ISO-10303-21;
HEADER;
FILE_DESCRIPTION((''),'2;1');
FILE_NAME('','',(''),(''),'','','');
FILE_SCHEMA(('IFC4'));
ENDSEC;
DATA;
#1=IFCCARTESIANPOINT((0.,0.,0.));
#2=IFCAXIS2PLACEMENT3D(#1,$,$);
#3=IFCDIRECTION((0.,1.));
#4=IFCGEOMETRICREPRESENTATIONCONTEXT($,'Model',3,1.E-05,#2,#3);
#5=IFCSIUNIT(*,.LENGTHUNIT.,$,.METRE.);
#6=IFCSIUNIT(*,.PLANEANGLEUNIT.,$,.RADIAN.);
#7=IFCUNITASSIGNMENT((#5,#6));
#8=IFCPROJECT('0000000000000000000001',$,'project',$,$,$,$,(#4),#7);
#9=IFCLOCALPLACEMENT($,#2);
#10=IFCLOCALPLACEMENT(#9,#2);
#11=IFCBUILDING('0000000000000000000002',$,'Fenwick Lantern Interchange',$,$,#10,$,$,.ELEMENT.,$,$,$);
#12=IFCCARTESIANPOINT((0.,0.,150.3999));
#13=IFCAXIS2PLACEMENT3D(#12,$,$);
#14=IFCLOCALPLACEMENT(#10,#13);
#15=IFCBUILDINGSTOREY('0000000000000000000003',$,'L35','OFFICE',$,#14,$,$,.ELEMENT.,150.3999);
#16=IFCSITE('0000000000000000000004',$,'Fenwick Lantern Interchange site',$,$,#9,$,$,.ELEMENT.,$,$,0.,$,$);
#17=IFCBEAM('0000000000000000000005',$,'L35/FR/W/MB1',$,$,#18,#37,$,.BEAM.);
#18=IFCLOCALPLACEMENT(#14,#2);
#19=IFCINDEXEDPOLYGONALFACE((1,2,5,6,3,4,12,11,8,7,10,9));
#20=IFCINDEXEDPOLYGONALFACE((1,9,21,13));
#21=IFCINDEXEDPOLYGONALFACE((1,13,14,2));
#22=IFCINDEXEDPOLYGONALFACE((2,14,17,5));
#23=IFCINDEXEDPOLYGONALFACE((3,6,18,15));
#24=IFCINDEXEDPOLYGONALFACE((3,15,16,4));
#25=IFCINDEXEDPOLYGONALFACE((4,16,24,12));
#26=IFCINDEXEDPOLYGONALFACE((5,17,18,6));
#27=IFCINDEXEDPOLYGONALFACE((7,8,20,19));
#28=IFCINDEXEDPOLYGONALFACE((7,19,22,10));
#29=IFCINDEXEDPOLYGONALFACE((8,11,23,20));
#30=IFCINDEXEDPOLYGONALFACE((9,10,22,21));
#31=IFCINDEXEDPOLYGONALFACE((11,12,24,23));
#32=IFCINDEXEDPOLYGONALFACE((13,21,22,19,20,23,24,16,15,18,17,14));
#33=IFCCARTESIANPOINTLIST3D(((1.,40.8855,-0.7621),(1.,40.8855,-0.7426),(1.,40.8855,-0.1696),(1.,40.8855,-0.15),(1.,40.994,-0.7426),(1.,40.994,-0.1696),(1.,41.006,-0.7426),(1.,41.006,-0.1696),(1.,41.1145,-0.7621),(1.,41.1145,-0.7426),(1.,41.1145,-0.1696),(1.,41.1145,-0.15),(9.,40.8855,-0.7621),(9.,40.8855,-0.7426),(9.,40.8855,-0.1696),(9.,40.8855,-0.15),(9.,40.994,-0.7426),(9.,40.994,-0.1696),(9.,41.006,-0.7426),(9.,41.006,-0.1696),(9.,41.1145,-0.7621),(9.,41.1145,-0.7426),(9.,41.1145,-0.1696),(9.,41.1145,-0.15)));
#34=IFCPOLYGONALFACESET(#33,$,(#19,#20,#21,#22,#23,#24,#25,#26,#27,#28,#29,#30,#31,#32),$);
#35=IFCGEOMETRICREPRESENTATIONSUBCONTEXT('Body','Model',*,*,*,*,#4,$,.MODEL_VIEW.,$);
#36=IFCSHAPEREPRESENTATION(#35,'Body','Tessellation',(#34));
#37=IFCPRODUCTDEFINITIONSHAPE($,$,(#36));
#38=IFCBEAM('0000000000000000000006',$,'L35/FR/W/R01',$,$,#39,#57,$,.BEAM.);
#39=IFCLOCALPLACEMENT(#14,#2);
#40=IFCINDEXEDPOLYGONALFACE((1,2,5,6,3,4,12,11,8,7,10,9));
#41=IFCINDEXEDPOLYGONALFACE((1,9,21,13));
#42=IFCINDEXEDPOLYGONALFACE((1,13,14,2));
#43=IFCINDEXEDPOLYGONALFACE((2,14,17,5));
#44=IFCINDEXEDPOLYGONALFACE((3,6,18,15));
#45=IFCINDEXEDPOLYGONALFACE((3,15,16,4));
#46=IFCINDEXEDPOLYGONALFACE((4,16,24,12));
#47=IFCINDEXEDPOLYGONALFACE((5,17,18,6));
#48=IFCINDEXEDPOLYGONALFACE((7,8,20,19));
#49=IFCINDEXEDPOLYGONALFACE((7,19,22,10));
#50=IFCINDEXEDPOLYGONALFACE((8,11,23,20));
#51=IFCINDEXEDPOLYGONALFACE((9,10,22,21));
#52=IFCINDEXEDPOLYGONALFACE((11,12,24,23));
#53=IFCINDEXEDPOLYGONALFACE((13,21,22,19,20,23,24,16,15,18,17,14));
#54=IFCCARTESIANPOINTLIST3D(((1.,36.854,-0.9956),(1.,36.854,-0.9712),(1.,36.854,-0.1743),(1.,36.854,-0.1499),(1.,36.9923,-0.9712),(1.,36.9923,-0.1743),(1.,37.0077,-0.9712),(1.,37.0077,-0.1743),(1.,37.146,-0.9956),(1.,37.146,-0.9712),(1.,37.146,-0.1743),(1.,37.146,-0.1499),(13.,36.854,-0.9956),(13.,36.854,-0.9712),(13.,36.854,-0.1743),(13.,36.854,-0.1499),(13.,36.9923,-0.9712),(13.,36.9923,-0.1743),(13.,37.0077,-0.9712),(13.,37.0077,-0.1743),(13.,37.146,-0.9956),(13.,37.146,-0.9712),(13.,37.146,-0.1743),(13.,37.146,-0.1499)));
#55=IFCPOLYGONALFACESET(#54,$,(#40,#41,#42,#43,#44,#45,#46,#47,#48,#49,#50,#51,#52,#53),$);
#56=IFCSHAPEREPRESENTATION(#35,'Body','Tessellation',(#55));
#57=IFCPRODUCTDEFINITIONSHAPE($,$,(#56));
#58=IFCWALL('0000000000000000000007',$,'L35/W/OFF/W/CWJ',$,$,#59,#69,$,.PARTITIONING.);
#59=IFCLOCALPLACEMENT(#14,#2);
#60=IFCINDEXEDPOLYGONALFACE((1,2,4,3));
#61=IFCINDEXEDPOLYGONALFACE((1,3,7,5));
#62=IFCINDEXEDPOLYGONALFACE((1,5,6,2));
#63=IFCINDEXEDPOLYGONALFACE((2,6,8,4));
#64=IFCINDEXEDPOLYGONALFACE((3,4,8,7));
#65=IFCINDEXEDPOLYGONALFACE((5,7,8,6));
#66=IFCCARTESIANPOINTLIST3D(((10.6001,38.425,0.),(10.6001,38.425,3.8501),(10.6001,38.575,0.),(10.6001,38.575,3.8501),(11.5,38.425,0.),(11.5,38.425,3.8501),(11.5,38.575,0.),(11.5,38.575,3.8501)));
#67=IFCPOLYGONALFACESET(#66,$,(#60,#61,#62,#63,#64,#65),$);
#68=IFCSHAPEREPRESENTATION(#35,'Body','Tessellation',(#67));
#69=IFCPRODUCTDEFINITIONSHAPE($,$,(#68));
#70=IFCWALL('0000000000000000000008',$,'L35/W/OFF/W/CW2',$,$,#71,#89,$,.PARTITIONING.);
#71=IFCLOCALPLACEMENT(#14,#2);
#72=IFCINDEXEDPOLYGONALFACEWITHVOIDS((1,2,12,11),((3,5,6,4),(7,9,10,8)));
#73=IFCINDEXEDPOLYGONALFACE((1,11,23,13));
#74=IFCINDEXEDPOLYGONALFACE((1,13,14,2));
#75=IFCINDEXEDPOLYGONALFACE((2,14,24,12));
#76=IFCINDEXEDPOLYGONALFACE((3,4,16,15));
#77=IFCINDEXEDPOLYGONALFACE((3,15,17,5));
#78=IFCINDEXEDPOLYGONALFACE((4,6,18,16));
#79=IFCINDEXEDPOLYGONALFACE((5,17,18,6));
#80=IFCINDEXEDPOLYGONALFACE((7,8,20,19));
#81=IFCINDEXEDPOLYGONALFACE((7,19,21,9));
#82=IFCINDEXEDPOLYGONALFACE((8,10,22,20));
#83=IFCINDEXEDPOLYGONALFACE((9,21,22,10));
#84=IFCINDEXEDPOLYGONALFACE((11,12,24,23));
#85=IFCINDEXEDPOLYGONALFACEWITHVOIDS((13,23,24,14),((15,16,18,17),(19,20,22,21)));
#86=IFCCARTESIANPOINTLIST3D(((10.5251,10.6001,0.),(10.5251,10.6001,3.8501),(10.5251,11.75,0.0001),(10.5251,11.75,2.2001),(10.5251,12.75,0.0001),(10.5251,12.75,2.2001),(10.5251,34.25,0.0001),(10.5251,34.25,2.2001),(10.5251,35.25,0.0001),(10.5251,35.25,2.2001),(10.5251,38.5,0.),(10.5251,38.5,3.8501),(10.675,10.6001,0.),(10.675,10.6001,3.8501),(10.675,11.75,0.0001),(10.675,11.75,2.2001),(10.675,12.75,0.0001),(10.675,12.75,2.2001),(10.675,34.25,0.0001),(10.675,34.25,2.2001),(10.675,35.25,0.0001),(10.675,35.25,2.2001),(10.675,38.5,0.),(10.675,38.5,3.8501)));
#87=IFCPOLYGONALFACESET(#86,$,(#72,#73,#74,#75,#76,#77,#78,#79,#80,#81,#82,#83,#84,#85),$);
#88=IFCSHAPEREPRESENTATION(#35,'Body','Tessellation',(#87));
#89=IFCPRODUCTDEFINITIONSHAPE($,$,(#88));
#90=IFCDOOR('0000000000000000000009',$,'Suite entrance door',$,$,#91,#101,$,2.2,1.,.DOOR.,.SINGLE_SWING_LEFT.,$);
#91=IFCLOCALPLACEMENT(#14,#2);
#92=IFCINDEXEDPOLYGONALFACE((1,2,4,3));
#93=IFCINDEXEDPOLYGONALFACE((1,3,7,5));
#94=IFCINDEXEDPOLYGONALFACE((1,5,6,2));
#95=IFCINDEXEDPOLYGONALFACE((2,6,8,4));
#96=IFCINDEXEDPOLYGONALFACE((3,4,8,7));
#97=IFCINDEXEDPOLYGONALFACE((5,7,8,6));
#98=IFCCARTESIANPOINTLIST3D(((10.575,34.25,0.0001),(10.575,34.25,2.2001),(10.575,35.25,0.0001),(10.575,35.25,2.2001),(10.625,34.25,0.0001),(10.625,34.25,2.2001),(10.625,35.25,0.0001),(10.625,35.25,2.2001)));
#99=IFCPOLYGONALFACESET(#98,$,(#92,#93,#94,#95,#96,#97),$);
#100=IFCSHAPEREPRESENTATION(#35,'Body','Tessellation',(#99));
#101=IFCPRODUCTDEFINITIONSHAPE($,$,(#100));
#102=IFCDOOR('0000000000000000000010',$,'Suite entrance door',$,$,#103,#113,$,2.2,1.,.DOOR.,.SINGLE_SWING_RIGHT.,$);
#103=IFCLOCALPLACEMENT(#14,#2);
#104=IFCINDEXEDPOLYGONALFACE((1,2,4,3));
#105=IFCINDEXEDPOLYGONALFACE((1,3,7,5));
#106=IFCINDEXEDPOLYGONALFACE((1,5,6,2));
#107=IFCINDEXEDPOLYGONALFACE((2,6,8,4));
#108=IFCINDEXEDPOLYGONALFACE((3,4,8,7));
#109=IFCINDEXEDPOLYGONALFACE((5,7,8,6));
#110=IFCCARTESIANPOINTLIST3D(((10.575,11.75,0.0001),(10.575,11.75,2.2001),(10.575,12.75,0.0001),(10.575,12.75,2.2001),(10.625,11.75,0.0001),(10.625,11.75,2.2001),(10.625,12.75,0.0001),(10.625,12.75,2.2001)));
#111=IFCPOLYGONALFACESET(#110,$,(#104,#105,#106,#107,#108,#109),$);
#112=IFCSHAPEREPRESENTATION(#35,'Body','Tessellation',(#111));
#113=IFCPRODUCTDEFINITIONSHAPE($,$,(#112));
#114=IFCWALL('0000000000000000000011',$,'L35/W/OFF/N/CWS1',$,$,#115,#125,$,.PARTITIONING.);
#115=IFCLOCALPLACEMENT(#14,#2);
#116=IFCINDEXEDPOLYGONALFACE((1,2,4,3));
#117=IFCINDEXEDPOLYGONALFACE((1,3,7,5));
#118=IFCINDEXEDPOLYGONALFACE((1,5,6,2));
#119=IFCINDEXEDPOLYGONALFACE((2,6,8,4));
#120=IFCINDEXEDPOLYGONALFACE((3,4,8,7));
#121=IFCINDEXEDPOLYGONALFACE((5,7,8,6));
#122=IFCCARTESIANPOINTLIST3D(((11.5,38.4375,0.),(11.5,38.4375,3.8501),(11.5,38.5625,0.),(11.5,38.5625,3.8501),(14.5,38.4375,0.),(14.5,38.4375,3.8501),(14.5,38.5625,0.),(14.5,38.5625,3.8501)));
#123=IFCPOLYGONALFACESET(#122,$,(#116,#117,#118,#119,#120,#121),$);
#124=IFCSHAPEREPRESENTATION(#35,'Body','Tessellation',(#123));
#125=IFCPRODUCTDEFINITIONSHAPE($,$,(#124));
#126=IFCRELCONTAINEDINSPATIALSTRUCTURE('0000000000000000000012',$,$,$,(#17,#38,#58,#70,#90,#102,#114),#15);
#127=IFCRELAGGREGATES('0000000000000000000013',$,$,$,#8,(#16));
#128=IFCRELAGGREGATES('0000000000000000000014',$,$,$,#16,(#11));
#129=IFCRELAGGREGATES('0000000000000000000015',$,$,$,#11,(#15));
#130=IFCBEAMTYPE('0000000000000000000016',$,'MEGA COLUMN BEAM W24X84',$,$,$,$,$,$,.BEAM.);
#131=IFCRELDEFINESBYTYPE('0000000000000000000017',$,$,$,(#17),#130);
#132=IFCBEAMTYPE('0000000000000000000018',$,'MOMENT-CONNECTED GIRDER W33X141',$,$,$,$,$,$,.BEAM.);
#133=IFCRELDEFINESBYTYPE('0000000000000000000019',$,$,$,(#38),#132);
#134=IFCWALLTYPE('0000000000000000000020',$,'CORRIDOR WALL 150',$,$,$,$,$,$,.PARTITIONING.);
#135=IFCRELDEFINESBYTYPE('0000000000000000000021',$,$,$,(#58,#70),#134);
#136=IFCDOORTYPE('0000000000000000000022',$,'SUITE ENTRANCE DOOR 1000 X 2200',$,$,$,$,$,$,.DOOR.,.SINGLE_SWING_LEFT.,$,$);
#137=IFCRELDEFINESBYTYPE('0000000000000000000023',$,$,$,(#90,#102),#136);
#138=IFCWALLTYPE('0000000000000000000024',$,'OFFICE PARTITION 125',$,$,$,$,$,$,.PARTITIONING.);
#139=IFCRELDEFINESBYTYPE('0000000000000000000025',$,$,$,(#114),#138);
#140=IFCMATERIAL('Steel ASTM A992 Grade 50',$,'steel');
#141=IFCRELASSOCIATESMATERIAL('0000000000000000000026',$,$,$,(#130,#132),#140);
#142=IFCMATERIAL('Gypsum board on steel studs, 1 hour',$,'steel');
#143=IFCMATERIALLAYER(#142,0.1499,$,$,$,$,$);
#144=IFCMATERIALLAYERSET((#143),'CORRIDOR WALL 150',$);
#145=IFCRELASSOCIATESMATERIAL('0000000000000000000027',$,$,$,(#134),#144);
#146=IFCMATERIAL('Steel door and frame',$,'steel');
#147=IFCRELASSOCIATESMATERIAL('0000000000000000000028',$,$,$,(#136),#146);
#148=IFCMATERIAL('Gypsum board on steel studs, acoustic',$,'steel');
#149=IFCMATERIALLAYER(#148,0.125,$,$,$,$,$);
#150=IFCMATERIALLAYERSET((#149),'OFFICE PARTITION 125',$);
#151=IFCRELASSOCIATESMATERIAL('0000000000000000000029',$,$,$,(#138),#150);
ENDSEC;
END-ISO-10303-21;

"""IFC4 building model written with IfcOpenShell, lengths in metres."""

from ifc_helpers import new_model, si_unit, direction, frame, frame_2d, origin, origin_2d, place, context, subcontext, project, spatial, rectangle, i_section, extrude, material, layer, layer_set, material_profile, profile_set, type_object, element, fill, save


model = new_model("IFC4")

# Units and contexts
model_context = context("Model", 3, precision=1e-05, world=origin(), true_north=direction((0.0, 1.0)))
body_context = subcontext(model_context, "Body", "Model", "MODEL_VIEW")
ifc_project = project(units=[si_unit("LENGTHUNIT", "METRE"), si_unit("PLANEANGLEUNIT", "RADIAN")], contexts=[model_context])

# Site, building, storey
site_placement = place(None, origin())
site = spatial("IfcSite", under=ifc_project, at=site_placement, Name="Fenwick Lantern Interchange site", CompositionType="ELEMENT", RefElevation=0.0)
building_placement = place(site_placement, origin())
building = spatial("IfcBuilding", under=site, at=building_placement, Name="Fenwick Lantern Interchange", CompositionType="ELEMENT")
storey_placement = place(building_placement, frame((0.0, 0.0, 150.3999)))
storey = spatial("IfcBuildingStorey", under=building, at=storey_placement, Name="L35", Description="OFFICE", CompositionType="ELEMENT", Elevation=150.3999)

# Beams
ifc_material_1 = material(Name="Steel ASTM A992 Grade 50", Category="steel")
ifc_material_profile_1 = material_profile(ifc_material_1, i_section(OverallWidth=0.229, OverallDepth=0.6121, WebThickness=0.012, FlangeThickness=0.0195, at=origin_2d()), Name="W24X84")
ifc_profile_set_1 = profile_set([ifc_material_profile_1], Name="Steel ASTM A992 Grade 50")
beam_type_1 = type_object("IfcBeamType", Name="MEGA COLUMN BEAM W24X84", PredefinedType="BEAM", material=ifc_profile_set_1)
beam_1_placement = place(storey_placement, frame((9.0, 41.0, -0.4561), z_axis=(-1.0, 0.0, 0.0), x_axis=(0.0, -1.0, 0.0)))
element("IfcBeam", 1, at=beam_1_placement, inside=storey, type_object=beam_type_1, Name="L35/FR/W/MB1", PredefinedType="BEAM", context=body_context, shape_type="SweptSolid", body=[
    extrude(i_section(OverallWidth=0.229, OverallDepth=0.6121, WebThickness=0.012, FlangeThickness=0.0195, at=origin_2d()), origin(), (0.0, 0.0, 1.0), 8.0),
])
ifc_material_profile_2 = material_profile(ifc_material_1, i_section(OverallWidth=0.292, OverallDepth=0.8457, WebThickness=0.0154, FlangeThickness=0.0244, at=origin_2d()), Name="W33X141")
ifc_profile_set_2 = profile_set([ifc_material_profile_2], Name="Steel ASTM A992 Grade 50")
beam_type_2 = type_object("IfcBeamType", Name="MOMENT-CONNECTED GIRDER W33X141", PredefinedType="BEAM", material=ifc_profile_set_2)
beam_2_placement = place(storey_placement, frame((1.0, 37.0, -0.5728), z_axis=(1.0, 0.0, 0.0), x_axis=(0.0, 1.0, 0.0)))
element("IfcBeam", 2, at=beam_2_placement, inside=storey, type_object=beam_type_2, Name="L35/FR/W/R01", PredefinedType="BEAM", context=body_context, shape_type="SweptSolid", body=[
    extrude(i_section(OverallWidth=0.292, OverallDepth=0.8457, WebThickness=0.0154, FlangeThickness=0.0244, at=origin_2d()), origin(), (0.0, 0.0, 1.0), 12.0),
])

# Wall
ifc_material_2 = material(Name="Gypsum board on steel studs, 1 hour", Category="steel")
ifc_layer_1 = layer(ifc_material_2, 0.1499)
ifc_layer_set_1 = layer_set([ifc_layer_1], Name="CORRIDOR WALL 150")
wall_type_1 = type_object("IfcWallType", Name="CORRIDOR WALL 150", PredefinedType="PARTITIONING", material=ifc_layer_set_1)
wall_1_placement = place(storey_placement, frame((11.5, 38.5, 0.0), z_axis=(0.0, 0.0, 1.0), x_axis=(-1.0, 0.0, 0.0)))
element("IfcWall", 3, at=wall_1_placement, inside=storey, type_object=wall_type_1, Name="L35/W/OFF/W/CWJ", PredefinedType="PARTITIONING", context=body_context, shape_type="SweptSolid", body=[
    extrude(rectangle(XDim=0.8999, YDim=0.1499, at=frame_2d((0.45, 0.0))), origin(), (0.0, 0.0, 1.0), 3.8501),
])

# Wall, openings, doors
wall_2_placement = place(storey_placement, frame((10.6001, 38.5, 0.0), z_axis=(0.0, 0.0, 1.0), x_axis=(0.0, -1.0, 0.0)))
wall_2 = element("IfcWall", 4, at=wall_2_placement, inside=storey, type_object=wall_type_1, Name="L35/W/OFF/W/CW2", PredefinedType="PARTITIONING", context=body_context, shape_type="SweptSolid", body=[
    extrude(rectangle(XDim=27.8999, YDim=0.1499, at=frame_2d((13.95, 0.0))), origin(), (0.0, 0.0, 1.0), 3.8501),
])
opening_1_placement = place(wall_2_placement, frame((3.25, 0.0, 0.0)))
opening_1 = element("IfcOpeningElement", 5, at=opening_1_placement, cuts=wall_2, PredefinedType="OPENING", context=body_context, shape_type="SweptSolid", body=[
    extrude(rectangle(XDim=1.0, YDim=2.2, at=frame_2d((0.5, 1.1001))), frame((0.0, 0.085, 0.0), z_axis=(0.0, -1.0, 0.0), x_axis=(1.0, 0.0, 0.0)), (0.0, 0.0, 1.0), 0.1699),
])
opening_2_placement = place(wall_2_placement, frame((25.75, 0.0, 0.0)))
opening_2 = element("IfcOpeningElement", 6, at=opening_2_placement, cuts=wall_2, PredefinedType="OPENING", context=body_context, shape_type="SweptSolid", body=[
    extrude(rectangle(XDim=1.0, YDim=2.2, at=frame_2d((0.5, 1.1001))), frame((0.0, 0.085, 0.0), z_axis=(0.0, -1.0, 0.0), x_axis=(1.0, 0.0, 0.0)), (0.0, 0.0, 1.0), 0.1699),
])
ifc_material_3 = material(Name="Steel door and frame", Category="steel")
door_type = type_object("IfcDoorType", Name="SUITE ENTRANCE DOOR 1000 X 2200", OperationType="SINGLE_SWING_LEFT", PredefinedType="DOOR", material=ifc_material_3)
door_1_placement = place(opening_1_placement, origin())
door_1 = element("IfcDoor", 7, at=door_1_placement, inside=storey, type_object=door_type, Name="Suite entrance door", OperationType="SINGLE_SWING_LEFT", OverallHeight=2.2, OverallWidth=1.0, PredefinedType="DOOR", context=body_context, shape_type="SweptSolid", body=[
    extrude(rectangle(XDim=1.0, YDim=2.2, at=frame_2d((0.5, 1.1001))), frame((0.0, 0.0249, 0.0), z_axis=(0.0, -1.0, 0.0), x_axis=(1.0, 0.0, 0.0)), (0.0, 0.0, 1.0), 0.05),
])
fill(opening_1, door_1)
door_2_placement = place(opening_2_placement, origin())
door_2 = element("IfcDoor", 8, at=door_2_placement, inside=storey, type_object=door_type, Name="Suite entrance door", OperationType="SINGLE_SWING_RIGHT", OverallHeight=2.2, OverallWidth=1.0, PredefinedType="DOOR", context=body_context, shape_type="SweptSolid", body=[
    extrude(rectangle(XDim=1.0, YDim=2.2, at=frame_2d((0.5, 1.1001))), frame((0.0, 0.0249, 0.0), z_axis=(0.0, -1.0, 0.0), x_axis=(1.0, 0.0, 0.0)), (0.0, 0.0, 1.0), 0.05),
])
fill(opening_2, door_2)

# Wall
ifc_material_4 = material(Name="Gypsum board on steel studs, acoustic", Category="steel")
ifc_layer_2 = layer(ifc_material_4, 0.125)
ifc_layer_set_2 = layer_set([ifc_layer_2], Name="OFFICE PARTITION 125")
wall_type_2 = type_object("IfcWallType", Name="OFFICE PARTITION 125", PredefinedType="PARTITIONING", material=ifc_layer_set_2)
wall_3_placement = place(storey_placement, frame((14.5, 38.5, 0.0), z_axis=(0.0, 0.0, 1.0), x_axis=(-1.0, 0.0, 0.0)))
element("IfcWall", 9, at=wall_3_placement, inside=storey, type_object=wall_type_2, Name="L35/W/OFF/N/CWS1", PredefinedType="PARTITIONING", context=body_context, shape_type="SweptSolid", body=[
    extrude(rectangle(XDim=3.0, YDim=0.125, at=frame_2d((1.5, 0.0))), origin(), (0.0, 0.0, 1.0), 3.8501),
])

save(model, "model.ifc")
